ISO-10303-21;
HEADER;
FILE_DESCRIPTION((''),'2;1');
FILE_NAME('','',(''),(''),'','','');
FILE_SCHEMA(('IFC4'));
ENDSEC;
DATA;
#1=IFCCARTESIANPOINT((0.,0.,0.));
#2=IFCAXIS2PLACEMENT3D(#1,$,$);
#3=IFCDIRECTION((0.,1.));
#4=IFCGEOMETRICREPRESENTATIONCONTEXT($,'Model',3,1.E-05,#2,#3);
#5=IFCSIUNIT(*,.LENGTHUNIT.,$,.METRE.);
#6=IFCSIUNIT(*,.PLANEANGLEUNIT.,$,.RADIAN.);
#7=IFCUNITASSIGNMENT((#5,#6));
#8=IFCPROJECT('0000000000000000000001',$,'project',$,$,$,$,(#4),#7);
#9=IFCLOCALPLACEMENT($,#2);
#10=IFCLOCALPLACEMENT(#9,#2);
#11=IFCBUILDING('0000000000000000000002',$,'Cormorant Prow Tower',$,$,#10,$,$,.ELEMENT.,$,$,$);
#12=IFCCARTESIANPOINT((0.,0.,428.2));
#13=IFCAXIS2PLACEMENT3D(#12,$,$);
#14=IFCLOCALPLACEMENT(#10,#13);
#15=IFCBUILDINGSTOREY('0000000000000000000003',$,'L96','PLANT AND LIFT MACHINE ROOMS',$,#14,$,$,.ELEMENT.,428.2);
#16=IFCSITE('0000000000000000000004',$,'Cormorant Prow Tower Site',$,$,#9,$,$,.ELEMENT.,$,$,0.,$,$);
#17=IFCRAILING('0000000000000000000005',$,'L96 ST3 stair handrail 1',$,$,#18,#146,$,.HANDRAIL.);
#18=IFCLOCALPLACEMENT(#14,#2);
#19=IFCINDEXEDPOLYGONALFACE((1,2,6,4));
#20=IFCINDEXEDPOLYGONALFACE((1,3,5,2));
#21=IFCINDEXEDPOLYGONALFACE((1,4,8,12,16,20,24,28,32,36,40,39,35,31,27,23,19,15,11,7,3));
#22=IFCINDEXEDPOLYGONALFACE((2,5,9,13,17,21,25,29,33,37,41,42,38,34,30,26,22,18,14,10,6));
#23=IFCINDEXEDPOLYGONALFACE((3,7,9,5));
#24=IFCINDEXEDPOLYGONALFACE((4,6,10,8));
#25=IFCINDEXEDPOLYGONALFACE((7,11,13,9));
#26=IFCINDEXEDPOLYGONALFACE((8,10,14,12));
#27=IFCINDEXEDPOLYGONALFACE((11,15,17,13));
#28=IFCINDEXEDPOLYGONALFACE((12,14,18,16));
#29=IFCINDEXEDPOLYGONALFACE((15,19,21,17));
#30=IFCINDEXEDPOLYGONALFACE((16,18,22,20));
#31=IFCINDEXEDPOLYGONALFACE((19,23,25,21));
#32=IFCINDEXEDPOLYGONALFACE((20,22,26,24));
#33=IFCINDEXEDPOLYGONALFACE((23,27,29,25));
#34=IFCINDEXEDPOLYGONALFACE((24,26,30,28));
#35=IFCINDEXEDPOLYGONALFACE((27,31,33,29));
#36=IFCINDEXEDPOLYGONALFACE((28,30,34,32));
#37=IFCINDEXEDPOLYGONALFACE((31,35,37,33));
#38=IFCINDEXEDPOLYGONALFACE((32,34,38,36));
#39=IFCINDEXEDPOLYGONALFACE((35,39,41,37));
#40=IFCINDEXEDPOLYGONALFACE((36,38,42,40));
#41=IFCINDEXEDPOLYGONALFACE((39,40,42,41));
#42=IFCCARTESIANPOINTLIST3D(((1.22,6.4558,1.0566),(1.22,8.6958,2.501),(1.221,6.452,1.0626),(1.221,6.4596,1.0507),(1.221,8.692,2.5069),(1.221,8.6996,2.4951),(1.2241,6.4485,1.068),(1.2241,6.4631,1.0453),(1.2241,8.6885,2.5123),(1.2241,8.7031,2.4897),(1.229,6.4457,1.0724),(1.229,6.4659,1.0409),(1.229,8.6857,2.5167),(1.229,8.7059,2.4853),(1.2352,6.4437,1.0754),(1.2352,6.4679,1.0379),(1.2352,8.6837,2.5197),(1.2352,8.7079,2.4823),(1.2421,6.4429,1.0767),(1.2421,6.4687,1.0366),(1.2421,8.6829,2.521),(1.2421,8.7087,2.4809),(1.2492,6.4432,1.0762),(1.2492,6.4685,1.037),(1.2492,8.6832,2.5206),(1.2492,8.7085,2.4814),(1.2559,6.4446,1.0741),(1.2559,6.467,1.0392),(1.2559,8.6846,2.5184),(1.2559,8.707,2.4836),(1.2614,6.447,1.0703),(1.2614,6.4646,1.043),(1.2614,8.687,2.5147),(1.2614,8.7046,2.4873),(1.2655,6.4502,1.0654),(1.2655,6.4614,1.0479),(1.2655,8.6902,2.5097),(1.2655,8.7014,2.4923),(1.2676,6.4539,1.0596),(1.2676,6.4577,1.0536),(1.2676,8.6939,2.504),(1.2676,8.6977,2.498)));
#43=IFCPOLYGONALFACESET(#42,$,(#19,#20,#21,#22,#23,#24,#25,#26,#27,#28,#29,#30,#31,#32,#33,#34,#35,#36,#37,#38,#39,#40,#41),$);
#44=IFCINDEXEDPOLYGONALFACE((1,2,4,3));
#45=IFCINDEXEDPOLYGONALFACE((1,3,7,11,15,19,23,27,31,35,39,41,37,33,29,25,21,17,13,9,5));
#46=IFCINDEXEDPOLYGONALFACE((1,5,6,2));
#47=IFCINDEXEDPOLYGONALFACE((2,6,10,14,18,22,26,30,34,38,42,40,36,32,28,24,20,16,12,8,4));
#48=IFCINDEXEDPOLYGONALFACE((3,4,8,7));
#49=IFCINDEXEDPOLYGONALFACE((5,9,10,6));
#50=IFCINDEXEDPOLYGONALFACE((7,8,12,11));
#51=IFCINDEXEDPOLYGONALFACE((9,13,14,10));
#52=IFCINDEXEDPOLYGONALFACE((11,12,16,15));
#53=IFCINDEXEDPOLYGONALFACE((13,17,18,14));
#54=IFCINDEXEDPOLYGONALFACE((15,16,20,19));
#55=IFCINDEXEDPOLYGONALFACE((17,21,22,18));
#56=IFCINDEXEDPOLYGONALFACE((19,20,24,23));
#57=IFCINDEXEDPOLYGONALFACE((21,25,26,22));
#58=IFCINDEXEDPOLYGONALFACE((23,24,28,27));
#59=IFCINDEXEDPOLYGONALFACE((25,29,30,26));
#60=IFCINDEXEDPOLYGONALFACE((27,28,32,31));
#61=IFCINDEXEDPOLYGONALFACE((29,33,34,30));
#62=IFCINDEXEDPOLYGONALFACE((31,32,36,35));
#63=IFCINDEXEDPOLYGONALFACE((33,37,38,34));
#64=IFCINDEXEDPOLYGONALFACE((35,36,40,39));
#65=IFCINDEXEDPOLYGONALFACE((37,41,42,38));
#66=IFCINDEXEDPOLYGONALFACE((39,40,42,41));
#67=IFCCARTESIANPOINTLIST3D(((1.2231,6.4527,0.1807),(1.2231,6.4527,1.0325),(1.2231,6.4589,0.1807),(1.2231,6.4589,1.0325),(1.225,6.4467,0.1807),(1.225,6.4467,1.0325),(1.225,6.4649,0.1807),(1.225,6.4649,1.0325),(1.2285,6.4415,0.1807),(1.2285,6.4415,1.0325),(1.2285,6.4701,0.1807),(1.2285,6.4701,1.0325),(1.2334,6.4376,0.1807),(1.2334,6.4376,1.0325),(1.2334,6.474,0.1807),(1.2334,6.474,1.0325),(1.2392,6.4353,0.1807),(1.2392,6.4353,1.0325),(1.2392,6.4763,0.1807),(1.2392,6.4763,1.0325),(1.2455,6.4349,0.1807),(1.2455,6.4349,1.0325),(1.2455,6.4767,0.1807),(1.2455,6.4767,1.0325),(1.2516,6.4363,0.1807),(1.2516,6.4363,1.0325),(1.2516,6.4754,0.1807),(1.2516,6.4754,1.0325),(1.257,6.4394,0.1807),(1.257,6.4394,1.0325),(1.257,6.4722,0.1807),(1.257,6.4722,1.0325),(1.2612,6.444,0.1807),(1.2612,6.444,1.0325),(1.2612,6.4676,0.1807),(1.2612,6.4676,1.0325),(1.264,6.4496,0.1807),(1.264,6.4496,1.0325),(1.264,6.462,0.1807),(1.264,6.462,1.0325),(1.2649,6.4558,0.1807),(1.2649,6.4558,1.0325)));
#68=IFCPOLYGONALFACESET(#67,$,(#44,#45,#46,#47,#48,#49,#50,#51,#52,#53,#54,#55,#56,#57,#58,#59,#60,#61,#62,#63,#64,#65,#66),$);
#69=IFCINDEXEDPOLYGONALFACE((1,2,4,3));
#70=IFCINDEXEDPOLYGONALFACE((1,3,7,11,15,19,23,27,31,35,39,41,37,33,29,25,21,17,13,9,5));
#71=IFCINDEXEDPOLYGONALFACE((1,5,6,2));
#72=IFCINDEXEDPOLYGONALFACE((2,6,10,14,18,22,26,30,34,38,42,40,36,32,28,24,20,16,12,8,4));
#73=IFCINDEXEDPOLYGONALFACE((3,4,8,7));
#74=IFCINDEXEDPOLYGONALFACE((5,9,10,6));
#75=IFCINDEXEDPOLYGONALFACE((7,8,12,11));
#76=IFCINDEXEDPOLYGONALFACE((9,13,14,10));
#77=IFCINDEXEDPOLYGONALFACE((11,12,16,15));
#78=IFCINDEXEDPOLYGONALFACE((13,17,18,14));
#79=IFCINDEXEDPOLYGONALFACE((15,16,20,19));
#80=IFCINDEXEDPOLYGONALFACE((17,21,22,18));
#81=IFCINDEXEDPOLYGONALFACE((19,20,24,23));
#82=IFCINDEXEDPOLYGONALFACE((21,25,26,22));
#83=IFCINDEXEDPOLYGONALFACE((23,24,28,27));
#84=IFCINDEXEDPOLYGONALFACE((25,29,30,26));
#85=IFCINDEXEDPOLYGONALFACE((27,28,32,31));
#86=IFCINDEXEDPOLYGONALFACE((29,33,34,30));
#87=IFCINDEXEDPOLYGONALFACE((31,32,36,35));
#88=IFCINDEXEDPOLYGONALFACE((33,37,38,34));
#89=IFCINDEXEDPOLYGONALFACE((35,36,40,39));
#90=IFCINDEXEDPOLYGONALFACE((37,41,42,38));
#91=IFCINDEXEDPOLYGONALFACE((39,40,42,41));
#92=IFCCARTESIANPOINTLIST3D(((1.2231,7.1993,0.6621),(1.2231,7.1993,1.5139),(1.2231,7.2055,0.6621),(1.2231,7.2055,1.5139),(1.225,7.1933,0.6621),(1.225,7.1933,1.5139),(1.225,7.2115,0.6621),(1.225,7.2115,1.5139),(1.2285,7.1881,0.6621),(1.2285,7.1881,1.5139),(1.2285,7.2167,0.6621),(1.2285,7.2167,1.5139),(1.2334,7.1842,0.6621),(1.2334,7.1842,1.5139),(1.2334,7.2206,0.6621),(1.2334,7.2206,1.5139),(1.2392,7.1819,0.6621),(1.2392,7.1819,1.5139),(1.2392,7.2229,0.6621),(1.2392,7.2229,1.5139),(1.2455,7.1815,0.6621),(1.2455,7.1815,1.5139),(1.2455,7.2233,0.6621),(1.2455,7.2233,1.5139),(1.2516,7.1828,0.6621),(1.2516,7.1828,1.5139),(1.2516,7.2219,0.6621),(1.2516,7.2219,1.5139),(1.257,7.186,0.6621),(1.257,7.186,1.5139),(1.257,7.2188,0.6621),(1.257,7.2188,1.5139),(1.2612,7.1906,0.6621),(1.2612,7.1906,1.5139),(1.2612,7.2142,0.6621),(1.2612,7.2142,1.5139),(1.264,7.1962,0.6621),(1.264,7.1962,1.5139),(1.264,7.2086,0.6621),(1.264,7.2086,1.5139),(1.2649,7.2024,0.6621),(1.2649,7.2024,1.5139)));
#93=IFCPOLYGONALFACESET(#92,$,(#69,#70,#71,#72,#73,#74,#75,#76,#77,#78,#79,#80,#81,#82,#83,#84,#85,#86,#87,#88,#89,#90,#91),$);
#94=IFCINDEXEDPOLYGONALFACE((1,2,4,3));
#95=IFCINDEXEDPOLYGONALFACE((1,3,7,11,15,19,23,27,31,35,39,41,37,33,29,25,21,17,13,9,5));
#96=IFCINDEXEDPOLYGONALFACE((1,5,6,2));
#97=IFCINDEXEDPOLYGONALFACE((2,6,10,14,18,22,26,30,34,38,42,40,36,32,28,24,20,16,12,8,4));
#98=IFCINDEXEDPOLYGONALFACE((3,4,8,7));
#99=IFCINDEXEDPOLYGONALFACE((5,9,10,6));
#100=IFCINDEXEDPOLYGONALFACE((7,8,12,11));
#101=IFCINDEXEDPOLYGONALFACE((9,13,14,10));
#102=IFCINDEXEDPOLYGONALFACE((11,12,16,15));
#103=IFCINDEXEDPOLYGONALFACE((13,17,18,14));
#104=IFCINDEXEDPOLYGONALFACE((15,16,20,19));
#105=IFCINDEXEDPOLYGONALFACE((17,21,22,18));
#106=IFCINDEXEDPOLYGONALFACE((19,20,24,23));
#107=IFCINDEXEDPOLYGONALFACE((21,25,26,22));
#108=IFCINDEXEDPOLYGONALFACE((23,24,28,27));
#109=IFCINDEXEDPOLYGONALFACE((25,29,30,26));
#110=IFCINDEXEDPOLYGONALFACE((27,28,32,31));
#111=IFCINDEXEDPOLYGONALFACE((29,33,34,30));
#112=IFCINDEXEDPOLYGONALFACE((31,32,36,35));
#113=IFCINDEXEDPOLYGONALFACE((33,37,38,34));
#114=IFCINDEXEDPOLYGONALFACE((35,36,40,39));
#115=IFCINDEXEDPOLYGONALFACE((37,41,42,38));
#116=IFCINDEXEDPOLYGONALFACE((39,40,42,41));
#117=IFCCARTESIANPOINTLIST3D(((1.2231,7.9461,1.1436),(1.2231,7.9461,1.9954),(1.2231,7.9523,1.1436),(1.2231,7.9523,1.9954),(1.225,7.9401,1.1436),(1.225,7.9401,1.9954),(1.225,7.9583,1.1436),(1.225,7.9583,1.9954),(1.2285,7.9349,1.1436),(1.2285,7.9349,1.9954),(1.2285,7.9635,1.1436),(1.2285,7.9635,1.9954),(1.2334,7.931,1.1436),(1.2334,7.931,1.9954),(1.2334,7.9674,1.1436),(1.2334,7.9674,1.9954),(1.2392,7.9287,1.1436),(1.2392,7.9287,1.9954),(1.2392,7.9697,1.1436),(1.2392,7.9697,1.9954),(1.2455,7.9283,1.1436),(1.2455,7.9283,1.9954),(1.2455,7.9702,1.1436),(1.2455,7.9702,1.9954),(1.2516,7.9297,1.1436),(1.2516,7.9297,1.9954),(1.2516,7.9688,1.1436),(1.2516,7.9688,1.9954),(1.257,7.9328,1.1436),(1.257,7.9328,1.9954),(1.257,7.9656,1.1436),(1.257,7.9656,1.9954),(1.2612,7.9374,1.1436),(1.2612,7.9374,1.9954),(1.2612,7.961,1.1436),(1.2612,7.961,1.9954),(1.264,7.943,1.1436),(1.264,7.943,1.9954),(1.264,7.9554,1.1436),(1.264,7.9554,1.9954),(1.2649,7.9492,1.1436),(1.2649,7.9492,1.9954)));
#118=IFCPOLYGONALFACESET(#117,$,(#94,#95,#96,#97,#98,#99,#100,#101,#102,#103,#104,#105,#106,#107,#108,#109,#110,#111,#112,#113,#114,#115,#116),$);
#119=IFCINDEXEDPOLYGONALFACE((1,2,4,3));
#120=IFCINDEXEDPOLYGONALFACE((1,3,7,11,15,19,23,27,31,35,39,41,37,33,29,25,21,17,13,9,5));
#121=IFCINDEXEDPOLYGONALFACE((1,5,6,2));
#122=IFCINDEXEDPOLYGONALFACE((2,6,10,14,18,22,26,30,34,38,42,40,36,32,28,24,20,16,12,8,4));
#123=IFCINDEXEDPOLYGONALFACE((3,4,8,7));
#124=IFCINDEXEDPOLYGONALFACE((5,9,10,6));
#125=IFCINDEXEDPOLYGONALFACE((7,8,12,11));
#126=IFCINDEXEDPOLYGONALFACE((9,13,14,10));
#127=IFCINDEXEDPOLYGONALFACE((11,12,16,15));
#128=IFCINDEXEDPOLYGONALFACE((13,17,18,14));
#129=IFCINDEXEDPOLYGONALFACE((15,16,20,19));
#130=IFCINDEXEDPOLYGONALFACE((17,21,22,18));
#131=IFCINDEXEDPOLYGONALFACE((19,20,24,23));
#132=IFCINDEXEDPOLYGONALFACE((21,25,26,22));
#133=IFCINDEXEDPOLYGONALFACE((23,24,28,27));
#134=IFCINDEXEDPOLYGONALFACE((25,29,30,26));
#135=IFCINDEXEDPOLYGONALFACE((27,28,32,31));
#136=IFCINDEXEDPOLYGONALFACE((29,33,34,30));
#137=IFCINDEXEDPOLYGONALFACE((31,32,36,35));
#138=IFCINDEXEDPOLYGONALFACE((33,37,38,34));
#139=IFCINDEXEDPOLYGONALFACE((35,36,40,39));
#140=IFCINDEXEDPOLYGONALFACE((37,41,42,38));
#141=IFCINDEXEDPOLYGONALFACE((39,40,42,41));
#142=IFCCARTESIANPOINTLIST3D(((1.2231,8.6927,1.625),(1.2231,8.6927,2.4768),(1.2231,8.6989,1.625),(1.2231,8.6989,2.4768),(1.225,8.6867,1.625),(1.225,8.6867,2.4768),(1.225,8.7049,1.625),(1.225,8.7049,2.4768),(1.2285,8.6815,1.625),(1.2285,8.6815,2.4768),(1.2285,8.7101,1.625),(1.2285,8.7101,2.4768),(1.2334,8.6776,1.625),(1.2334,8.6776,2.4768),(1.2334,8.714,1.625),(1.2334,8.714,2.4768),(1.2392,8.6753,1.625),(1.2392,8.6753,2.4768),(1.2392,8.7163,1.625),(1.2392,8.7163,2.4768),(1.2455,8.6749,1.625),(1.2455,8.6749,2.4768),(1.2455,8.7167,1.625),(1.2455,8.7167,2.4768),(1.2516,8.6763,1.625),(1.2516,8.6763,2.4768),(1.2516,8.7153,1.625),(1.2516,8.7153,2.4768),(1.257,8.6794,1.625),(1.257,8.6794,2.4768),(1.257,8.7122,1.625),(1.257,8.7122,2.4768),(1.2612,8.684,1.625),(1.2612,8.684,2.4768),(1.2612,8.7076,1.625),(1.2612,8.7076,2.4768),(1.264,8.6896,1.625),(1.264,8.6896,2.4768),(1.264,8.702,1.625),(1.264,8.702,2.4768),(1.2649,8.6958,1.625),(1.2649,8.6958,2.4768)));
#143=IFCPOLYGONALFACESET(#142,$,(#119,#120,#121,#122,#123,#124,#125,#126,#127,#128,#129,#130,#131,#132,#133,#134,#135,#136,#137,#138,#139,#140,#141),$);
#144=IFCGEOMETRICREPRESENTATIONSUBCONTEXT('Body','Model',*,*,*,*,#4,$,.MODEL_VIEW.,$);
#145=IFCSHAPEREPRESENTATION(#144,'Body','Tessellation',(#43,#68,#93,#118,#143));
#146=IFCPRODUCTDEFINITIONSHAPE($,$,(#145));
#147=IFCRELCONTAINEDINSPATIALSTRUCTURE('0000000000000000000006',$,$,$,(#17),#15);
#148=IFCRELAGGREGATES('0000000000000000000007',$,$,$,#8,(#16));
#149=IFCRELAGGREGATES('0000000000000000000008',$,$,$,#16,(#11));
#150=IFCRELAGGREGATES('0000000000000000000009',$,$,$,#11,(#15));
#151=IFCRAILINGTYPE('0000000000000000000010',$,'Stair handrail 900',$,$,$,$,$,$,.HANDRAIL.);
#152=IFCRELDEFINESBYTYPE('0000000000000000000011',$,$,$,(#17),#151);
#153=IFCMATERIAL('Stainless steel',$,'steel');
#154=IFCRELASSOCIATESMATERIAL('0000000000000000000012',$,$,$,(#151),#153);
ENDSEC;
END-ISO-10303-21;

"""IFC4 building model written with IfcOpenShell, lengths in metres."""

from ifc_helpers import new_model, si_unit, direction, frame, origin, origin_2d, place, context, subcontext, project, spatial, circle, extrude, material, type_object, element, save


model = new_model("IFC4")

# Units and contexts
model_context = context("Model", 3, precision=1e-05, world=origin(), true_north=direction((0.0, 1.0)))
body_context = subcontext(model_context, "Body", "Model", "MODEL_VIEW")
ifc_project = project(units=[si_unit("LENGTHUNIT", "METRE"), si_unit("PLANEANGLEUNIT", "RADIAN")], contexts=[model_context])

# Site, building, storey
site_placement = place(None, origin())
site = spatial("IfcSite", under=ifc_project, at=site_placement, Name="Cormorant Prow Tower Site", CompositionType="ELEMENT", RefElevation=0.0)
building_placement = place(site_placement, origin())
building = spatial("IfcBuilding", under=site, at=building_placement, Name="Cormorant Prow Tower", CompositionType="ELEMENT")
storey_placement = place(building_placement, frame((0.0, 0.0, 428.2)))
storey = spatial("IfcBuildingStorey", under=building, at=storey_placement, Name="L96", Description="PLANT AND LIFT MACHINE ROOMS", CompositionType="ELEMENT", Elevation=428.2)

# Railing
ifc_material_1 = material(Name="Stainless steel", Category="steel")
railing_type_1 = type_object("IfcRailingType", Name="Stair handrail 900", PredefinedType="HANDRAIL", material=ifc_material_1)
for number, where, name in (
    (1, (1.2439, 6.4558, 0.1807), "L96 ST3 stair handrail 1"),
):
    element("IfcRailing", number, at=place(storey_placement, frame(where)), inside=storey, type_object=railing_type_1, Name=name, PredefinedType="HANDRAIL", context=body_context, shape_type="SweptSolid", body=[
        extrude(circle(Radius=0.0239, at=origin_2d()), frame((0.0, 0.0, 0.876), z_axis=(0.0, 0.840437, 0.54191), x_axis=(-1.0, 0.0, 0.0)), (0.0, 0.0, 1.0), 2.6653),
        extrude(circle(Radius=0.021, at=origin_2d()), origin(), (0.0, 0.0, 1.0), 0.8518),
        extrude(circle(Radius=0.021, at=origin_2d()), frame((0.0, 0.7466, 0.4814)), (0.0, 0.0, 1.0), 0.8518),
        extrude(circle(Radius=0.021, at=origin_2d()), frame((0.0, 1.4934, 0.9629)), (0.0, 0.0, 1.0), 0.8518),
        extrude(circle(Radius=0.021, at=origin_2d()), frame((0.0, 2.24, 1.4443)), (0.0, 0.0, 1.0), 0.8518),
    ])

save(model, "model.ifc")
